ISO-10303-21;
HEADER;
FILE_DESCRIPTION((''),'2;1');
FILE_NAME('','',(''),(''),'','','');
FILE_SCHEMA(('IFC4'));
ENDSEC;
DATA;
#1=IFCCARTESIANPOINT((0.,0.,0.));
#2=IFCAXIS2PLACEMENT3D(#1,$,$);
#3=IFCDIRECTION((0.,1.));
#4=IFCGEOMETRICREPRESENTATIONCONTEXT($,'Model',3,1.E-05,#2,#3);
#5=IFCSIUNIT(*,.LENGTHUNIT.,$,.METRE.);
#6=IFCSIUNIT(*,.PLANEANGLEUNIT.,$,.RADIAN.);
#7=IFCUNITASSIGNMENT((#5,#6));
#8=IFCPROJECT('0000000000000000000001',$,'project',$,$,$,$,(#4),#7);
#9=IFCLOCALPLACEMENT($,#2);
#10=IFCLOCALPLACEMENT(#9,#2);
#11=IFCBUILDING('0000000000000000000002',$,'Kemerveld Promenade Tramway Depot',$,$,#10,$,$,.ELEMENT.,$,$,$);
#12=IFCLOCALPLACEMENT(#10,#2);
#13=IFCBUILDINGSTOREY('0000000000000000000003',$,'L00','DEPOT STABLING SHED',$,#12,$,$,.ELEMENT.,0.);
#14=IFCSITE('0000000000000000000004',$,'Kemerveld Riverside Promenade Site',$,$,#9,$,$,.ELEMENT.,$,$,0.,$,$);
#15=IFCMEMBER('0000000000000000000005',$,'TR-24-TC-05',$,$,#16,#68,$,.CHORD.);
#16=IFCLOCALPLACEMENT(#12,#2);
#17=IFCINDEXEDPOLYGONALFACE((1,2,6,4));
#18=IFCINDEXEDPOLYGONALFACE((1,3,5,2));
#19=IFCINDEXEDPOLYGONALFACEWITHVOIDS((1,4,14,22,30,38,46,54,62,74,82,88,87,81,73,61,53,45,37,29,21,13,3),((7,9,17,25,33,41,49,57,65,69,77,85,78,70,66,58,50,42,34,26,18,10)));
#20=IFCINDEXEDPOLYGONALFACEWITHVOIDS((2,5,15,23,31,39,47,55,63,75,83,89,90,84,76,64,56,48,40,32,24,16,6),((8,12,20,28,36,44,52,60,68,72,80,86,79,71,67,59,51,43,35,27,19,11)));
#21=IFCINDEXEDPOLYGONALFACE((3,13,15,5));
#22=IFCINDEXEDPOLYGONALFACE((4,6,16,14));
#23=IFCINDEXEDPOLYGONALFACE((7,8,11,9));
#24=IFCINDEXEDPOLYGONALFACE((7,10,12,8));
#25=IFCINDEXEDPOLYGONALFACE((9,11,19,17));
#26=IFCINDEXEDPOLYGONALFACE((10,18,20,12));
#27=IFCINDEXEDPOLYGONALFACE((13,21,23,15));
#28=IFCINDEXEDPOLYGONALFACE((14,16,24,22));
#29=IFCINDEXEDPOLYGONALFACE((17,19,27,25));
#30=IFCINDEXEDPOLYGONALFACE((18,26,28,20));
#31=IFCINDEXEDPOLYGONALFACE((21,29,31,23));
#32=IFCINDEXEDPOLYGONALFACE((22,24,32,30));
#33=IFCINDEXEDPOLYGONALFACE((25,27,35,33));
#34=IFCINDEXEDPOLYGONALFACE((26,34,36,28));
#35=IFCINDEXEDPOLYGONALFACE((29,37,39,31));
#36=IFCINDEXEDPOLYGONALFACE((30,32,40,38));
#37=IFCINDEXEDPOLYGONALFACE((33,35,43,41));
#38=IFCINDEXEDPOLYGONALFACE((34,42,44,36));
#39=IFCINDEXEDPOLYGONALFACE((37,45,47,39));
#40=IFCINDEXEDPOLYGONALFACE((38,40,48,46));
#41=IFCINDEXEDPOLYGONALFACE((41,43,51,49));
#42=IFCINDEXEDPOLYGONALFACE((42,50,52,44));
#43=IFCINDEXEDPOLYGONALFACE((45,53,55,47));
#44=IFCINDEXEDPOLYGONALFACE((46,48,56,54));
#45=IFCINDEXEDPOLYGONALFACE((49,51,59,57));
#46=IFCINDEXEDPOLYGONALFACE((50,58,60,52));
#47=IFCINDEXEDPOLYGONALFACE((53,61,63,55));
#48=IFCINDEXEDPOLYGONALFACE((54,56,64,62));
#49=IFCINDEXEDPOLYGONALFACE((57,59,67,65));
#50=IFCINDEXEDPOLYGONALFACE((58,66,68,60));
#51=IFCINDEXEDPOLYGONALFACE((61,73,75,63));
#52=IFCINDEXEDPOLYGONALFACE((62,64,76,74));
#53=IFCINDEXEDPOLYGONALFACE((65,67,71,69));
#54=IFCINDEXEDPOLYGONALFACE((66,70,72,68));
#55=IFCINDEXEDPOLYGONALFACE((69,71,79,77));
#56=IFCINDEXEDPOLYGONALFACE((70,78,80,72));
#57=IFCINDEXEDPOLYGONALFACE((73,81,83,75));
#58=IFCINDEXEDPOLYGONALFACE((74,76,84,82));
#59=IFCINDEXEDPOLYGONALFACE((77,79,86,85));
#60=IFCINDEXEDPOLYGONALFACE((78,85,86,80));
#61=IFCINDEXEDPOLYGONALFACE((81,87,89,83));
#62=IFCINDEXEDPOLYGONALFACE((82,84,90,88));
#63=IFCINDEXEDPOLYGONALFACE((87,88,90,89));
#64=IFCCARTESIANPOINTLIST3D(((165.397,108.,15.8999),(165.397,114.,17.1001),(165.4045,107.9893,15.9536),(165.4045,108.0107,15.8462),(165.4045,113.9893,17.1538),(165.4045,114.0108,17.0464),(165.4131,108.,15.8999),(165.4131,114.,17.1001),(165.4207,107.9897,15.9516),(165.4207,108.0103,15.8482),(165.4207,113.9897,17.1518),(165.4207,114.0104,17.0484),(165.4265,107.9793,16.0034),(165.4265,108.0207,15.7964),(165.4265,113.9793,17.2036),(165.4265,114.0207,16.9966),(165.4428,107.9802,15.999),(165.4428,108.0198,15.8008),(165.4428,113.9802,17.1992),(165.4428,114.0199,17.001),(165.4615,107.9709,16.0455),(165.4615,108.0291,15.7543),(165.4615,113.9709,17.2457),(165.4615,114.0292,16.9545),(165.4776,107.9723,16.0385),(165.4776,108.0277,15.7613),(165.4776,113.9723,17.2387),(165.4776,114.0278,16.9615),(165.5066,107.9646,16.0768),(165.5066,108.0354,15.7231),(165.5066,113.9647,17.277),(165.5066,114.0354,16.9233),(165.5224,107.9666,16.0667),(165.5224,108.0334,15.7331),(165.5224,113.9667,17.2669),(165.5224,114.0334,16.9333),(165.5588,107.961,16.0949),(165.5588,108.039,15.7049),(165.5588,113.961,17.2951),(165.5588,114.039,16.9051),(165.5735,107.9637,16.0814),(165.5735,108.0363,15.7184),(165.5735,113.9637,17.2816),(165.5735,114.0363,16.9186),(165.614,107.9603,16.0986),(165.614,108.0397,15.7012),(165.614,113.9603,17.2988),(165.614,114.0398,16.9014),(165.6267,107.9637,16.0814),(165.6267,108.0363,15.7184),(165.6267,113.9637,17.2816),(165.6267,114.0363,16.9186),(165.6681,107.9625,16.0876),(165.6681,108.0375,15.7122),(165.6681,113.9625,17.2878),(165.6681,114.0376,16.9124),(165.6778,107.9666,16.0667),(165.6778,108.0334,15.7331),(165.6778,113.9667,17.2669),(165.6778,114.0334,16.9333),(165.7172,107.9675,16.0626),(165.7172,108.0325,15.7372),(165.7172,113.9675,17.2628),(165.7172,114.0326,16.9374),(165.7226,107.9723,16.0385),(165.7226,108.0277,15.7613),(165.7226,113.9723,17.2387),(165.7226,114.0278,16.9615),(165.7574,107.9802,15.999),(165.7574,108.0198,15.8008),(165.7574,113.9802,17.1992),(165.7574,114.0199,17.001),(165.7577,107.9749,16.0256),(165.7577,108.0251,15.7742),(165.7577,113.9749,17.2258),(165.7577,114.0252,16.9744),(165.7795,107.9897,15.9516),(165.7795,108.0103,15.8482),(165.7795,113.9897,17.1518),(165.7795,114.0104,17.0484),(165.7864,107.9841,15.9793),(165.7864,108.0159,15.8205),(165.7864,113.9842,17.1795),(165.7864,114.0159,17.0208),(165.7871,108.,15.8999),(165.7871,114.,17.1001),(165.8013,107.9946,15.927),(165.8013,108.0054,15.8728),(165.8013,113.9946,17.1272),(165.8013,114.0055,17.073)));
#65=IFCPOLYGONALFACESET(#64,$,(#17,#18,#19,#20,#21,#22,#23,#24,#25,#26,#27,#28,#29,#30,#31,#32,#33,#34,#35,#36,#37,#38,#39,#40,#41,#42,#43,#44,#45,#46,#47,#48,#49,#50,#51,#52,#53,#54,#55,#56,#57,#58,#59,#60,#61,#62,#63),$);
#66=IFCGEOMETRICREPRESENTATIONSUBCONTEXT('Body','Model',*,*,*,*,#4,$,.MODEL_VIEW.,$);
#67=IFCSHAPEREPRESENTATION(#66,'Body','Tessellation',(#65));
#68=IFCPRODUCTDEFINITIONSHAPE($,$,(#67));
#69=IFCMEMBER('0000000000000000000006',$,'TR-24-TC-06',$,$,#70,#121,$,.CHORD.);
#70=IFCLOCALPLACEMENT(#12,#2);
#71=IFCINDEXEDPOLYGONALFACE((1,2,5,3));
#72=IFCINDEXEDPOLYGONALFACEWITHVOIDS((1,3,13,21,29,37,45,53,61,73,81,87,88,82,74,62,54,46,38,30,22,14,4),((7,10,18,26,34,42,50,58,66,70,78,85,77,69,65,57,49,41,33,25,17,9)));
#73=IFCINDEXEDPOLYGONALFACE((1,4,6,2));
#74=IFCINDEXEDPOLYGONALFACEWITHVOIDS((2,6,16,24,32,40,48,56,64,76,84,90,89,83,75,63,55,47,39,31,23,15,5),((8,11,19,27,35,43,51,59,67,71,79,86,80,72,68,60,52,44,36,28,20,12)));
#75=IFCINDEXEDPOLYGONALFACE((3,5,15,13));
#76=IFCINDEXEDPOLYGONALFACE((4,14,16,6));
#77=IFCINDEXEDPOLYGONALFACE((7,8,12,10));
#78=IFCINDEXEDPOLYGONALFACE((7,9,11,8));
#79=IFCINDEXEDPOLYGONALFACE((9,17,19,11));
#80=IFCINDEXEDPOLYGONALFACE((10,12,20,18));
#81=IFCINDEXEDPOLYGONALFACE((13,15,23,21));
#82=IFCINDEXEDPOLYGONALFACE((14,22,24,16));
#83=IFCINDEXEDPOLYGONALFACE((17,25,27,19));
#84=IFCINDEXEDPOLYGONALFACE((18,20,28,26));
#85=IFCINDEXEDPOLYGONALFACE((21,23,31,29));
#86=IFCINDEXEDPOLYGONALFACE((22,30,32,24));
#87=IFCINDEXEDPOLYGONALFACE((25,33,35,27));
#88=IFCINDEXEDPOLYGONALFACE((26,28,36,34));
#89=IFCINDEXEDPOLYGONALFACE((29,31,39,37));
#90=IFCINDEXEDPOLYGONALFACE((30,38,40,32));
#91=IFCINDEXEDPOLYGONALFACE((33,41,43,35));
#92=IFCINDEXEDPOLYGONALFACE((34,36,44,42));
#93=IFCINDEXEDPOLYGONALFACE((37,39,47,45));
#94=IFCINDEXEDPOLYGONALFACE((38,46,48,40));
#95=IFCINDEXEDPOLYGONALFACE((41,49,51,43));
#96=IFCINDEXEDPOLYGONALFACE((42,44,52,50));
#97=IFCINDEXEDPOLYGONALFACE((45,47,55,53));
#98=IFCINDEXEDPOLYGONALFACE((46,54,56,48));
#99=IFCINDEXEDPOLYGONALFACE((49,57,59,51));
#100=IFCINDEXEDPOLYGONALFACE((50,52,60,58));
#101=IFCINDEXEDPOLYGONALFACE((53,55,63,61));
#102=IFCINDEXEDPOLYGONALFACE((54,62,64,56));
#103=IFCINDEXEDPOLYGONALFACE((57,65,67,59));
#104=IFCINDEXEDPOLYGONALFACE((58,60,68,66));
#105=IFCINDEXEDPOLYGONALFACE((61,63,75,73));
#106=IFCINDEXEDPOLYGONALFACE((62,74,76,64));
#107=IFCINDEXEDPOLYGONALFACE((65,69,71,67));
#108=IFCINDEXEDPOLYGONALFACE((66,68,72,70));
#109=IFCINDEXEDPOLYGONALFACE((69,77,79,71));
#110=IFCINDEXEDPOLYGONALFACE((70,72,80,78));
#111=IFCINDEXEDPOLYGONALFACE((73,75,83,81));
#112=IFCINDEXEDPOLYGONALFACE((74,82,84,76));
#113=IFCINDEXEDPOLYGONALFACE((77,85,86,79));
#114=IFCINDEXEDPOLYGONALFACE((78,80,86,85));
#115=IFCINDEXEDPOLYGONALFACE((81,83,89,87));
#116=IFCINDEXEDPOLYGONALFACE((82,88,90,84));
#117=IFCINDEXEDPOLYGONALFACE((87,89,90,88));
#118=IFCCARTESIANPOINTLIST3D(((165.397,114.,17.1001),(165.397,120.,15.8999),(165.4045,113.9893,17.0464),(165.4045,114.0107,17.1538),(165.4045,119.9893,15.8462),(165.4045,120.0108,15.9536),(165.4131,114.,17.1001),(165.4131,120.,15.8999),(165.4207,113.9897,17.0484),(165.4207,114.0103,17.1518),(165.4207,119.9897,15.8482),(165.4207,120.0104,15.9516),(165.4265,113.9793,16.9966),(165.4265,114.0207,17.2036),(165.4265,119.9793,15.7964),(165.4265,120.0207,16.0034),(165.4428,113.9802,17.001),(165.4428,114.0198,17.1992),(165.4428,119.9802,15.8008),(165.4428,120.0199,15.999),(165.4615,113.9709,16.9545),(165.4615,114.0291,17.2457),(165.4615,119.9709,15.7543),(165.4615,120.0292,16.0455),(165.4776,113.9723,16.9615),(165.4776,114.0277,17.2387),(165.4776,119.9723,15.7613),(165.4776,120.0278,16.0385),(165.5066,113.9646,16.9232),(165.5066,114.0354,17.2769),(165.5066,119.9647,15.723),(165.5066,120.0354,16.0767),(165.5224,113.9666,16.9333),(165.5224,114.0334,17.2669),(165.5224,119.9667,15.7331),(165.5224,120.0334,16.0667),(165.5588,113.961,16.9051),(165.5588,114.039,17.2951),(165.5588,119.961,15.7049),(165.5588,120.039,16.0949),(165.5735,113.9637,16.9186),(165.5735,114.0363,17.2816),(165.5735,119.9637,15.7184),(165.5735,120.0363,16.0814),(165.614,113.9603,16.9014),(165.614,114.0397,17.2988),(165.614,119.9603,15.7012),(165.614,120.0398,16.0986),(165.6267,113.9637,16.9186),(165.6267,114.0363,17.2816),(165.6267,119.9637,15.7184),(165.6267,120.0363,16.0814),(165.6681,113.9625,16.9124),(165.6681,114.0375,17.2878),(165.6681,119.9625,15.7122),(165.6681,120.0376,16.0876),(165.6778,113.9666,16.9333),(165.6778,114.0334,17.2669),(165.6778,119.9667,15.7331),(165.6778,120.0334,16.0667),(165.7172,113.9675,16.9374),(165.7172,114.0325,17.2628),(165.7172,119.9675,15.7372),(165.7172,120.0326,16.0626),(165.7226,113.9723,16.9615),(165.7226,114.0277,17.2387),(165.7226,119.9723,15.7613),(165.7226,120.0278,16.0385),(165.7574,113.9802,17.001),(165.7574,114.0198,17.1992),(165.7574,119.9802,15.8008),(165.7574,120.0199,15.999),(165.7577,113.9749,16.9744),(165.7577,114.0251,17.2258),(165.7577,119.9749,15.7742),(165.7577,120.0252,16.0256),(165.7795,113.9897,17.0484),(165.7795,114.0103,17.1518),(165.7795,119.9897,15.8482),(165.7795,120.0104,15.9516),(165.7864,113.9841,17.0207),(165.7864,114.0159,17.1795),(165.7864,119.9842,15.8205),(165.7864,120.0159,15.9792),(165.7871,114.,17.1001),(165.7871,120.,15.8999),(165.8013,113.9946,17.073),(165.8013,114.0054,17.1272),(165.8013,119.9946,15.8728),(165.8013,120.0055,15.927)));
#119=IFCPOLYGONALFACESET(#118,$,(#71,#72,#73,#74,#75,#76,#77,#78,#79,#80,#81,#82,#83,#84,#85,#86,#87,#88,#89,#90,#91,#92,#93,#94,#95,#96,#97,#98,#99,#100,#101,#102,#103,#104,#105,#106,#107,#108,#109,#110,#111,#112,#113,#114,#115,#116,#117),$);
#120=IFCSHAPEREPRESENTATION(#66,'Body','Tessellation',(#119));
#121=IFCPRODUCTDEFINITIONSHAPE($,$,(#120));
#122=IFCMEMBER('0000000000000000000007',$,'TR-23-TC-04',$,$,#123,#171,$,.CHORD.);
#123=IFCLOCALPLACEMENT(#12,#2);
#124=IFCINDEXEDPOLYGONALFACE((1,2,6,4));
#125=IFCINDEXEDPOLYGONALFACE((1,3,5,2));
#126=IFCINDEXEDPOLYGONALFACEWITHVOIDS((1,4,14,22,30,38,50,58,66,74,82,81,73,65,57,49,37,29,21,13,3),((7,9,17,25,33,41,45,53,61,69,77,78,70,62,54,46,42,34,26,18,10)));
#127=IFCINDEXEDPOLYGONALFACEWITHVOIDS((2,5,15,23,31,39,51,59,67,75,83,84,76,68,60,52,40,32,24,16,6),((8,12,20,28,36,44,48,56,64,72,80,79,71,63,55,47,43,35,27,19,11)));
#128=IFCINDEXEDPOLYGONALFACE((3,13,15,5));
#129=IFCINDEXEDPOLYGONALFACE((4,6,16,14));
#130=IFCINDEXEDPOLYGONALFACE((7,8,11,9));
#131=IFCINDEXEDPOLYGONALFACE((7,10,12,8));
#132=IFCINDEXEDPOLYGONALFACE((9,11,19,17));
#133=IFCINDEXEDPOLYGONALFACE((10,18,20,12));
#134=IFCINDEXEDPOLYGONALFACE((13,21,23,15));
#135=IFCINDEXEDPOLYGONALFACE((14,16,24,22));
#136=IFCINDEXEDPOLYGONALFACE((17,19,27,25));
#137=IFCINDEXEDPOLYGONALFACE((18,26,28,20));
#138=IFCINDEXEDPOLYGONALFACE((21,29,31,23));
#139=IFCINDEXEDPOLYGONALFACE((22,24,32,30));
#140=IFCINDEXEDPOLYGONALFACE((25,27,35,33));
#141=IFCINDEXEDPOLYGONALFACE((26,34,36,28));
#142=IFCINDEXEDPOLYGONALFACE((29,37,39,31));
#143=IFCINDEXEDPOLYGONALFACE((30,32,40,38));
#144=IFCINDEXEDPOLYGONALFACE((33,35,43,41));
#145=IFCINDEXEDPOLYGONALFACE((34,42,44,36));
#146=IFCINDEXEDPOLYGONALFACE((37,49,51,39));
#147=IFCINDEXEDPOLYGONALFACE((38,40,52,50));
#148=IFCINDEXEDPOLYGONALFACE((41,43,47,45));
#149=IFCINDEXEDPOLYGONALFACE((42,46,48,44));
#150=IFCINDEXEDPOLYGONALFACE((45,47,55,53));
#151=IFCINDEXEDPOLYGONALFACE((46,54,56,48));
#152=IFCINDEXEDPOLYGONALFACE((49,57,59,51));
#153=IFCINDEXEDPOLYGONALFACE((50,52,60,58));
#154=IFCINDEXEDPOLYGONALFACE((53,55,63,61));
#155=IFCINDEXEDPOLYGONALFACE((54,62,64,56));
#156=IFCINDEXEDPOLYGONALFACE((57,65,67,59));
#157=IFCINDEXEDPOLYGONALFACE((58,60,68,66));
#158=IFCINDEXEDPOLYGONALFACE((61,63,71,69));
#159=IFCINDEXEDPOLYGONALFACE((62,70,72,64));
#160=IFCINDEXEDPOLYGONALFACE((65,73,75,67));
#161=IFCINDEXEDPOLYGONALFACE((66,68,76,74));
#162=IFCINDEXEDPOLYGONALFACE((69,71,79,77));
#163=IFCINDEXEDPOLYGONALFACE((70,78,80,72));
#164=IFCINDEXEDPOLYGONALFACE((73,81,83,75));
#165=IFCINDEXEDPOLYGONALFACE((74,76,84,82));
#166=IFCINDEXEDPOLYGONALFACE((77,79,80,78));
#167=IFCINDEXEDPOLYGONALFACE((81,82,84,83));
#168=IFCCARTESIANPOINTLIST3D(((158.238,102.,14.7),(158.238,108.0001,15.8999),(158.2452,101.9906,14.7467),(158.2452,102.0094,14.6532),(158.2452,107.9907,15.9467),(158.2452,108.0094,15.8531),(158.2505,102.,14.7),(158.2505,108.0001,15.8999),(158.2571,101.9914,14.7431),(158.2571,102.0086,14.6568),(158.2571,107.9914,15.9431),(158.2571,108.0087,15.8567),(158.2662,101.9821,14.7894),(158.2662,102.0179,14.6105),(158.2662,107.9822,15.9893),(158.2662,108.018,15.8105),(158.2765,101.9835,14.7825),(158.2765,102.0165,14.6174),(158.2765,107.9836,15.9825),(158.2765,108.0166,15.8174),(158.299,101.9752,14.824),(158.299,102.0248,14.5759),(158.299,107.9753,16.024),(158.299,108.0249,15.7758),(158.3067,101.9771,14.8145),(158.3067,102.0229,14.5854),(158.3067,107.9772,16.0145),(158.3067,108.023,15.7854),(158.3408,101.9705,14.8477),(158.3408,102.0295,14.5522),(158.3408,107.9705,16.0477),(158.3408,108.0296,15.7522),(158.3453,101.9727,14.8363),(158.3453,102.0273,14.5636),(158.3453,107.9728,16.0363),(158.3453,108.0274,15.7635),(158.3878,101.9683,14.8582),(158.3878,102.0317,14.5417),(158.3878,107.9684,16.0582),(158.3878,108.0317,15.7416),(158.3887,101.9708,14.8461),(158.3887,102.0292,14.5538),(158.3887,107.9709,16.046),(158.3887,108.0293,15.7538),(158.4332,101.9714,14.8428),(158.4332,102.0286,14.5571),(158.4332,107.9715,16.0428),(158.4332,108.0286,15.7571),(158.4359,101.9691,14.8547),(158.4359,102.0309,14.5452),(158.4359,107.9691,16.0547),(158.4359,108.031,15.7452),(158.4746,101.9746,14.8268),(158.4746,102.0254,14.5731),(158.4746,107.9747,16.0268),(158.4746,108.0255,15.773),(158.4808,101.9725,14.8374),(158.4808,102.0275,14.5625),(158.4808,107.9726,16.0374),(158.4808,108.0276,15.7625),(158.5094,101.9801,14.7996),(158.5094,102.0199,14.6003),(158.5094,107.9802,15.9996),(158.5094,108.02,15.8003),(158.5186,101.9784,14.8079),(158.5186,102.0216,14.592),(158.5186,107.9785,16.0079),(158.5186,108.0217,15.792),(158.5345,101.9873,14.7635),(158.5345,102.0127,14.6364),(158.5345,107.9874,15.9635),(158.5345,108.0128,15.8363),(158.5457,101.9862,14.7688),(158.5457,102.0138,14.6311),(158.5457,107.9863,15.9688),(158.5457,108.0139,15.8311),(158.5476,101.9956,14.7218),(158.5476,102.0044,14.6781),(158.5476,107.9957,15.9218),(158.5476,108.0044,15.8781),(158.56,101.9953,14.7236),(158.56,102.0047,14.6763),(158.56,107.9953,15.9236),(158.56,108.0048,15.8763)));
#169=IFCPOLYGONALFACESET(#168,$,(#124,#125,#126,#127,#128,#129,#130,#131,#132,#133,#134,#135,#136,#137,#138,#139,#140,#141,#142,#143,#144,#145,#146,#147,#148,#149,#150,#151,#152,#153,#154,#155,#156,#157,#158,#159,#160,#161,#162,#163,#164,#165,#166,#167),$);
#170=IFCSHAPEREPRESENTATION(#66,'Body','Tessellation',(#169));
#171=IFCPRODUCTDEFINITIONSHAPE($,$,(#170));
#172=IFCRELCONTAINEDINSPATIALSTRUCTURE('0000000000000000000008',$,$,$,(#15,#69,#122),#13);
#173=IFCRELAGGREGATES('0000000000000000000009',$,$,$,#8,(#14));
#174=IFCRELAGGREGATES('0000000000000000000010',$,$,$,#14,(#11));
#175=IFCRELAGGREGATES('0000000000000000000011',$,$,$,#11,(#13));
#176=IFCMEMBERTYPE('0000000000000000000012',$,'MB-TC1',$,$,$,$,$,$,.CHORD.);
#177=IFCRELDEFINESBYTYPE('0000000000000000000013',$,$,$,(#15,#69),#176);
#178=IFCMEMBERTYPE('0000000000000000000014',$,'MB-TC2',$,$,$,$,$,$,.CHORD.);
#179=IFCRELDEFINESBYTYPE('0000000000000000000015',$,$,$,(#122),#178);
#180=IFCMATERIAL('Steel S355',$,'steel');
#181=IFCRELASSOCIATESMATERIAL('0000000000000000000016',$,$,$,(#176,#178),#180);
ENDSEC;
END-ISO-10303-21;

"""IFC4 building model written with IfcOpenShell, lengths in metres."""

from ifc_helpers import new_model, si_unit, direction, frame, origin, origin_2d, place, context, subcontext, project, spatial, hollow_circle, extrude, material, material_profile, profile_set, type_object, element, save


model = new_model("IFC4")

# Units and contexts
model_context = context("Model", 3, precision=1e-05, world=origin(), true_north=direction((0.0, 1.0)))
body_context = subcontext(model_context, "Body", "Model", "MODEL_VIEW")
ifc_project = project(units=[si_unit("LENGTHUNIT", "METRE"), si_unit("PLANEANGLEUNIT", "RADIAN")], contexts=[model_context])

# Site, building, storey
site_placement = place(None, origin())
site = spatial("IfcSite", under=ifc_project, at=site_placement, Name="Kemerveld Riverside Promenade Site", CompositionType="ELEMENT", RefElevation=0.0)
building_placement = place(site_placement, origin())
building = spatial("IfcBuilding", under=site, at=building_placement, Name="Kemerveld Promenade Tramway Depot", CompositionType="ELEMENT")
storey_placement = place(building_placement, origin())
storey = spatial("IfcBuildingStorey", under=building, at=storey_placement, Name="L00", Description="DEPOT STABLING SHED", CompositionType="ELEMENT", Elevation=0.0)

# Members
ifc_material_1 = material(Name="Steel S355", Category="steel")
ifc_material_profile_1 = material_profile(ifc_material_1, hollow_circle(Radius=0.2031, WallThickness=0.0161, at=origin_2d()), Name="406.4x16.0 CHS")
ifc_profile_set_1 = profile_set([ifc_material_profile_1], Name="Steel S355")
member_type_1 = type_object("IfcMemberType", Name="MB-TC1", PredefinedType="CHORD", material=ifc_profile_set_1)
for number, where, z_axis, x_axis, name in (
    (1, (165.6001, 108.0, 15.8999), (0.0, 0.980575, 0.196147), (-1.0, 0.0, 0.0), "TR-24-TC-05"),
    (2, (165.6001, 114.0, 17.1001), (0.0, 0.980575, -0.196147), (-1.0, 0.0, 0.0), "TR-24-TC-06"),
):
    element("IfcMember", number, at=place(storey_placement, frame(where, z_axis=z_axis, x_axis=x_axis)), inside=storey, type_object=member_type_1, Name=name, PredefinedType="CHORD", context=body_context, shape_type="SweptSolid", body=[
        extrude(hollow_circle(Radius=0.2031, WallThickness=0.0161, at=origin_2d()), origin(), (0.0, 0.0, 1.0), 6.1189),
    ])
ifc_material_profile_2 = material_profile(ifc_material_1, hollow_circle(Radius=0.1619, WallThickness=0.0125, at=origin_2d()), Name="323.9x12.5 CHS")
ifc_profile_set_2 = profile_set([ifc_material_profile_2], Name="Steel S355")
member_type_2 = type_object("IfcMemberType", Name="MB-TC2", PredefinedType="CHORD", material=ifc_profile_set_2)
for number, where, z_axis, x_axis, name in (
    (3, (158.3999, 102.0, 14.7), (0.0, 0.980582, 0.196108), (-1.0, 0.0, 0.0), "TR-23-TC-04"),
):
    element("IfcMember", number, at=place(storey_placement, frame(where, z_axis=z_axis, x_axis=x_axis)), inside=storey, type_object=member_type_2, Name=name, PredefinedType="CHORD", context=body_context, shape_type="SweptSolid", body=[
        extrude(hollow_circle(Radius=0.1619, WallThickness=0.0125, at=origin_2d()), origin(), (0.0, 0.0, 1.0), 6.1189),
    ])

save(model, "model.ifc")
